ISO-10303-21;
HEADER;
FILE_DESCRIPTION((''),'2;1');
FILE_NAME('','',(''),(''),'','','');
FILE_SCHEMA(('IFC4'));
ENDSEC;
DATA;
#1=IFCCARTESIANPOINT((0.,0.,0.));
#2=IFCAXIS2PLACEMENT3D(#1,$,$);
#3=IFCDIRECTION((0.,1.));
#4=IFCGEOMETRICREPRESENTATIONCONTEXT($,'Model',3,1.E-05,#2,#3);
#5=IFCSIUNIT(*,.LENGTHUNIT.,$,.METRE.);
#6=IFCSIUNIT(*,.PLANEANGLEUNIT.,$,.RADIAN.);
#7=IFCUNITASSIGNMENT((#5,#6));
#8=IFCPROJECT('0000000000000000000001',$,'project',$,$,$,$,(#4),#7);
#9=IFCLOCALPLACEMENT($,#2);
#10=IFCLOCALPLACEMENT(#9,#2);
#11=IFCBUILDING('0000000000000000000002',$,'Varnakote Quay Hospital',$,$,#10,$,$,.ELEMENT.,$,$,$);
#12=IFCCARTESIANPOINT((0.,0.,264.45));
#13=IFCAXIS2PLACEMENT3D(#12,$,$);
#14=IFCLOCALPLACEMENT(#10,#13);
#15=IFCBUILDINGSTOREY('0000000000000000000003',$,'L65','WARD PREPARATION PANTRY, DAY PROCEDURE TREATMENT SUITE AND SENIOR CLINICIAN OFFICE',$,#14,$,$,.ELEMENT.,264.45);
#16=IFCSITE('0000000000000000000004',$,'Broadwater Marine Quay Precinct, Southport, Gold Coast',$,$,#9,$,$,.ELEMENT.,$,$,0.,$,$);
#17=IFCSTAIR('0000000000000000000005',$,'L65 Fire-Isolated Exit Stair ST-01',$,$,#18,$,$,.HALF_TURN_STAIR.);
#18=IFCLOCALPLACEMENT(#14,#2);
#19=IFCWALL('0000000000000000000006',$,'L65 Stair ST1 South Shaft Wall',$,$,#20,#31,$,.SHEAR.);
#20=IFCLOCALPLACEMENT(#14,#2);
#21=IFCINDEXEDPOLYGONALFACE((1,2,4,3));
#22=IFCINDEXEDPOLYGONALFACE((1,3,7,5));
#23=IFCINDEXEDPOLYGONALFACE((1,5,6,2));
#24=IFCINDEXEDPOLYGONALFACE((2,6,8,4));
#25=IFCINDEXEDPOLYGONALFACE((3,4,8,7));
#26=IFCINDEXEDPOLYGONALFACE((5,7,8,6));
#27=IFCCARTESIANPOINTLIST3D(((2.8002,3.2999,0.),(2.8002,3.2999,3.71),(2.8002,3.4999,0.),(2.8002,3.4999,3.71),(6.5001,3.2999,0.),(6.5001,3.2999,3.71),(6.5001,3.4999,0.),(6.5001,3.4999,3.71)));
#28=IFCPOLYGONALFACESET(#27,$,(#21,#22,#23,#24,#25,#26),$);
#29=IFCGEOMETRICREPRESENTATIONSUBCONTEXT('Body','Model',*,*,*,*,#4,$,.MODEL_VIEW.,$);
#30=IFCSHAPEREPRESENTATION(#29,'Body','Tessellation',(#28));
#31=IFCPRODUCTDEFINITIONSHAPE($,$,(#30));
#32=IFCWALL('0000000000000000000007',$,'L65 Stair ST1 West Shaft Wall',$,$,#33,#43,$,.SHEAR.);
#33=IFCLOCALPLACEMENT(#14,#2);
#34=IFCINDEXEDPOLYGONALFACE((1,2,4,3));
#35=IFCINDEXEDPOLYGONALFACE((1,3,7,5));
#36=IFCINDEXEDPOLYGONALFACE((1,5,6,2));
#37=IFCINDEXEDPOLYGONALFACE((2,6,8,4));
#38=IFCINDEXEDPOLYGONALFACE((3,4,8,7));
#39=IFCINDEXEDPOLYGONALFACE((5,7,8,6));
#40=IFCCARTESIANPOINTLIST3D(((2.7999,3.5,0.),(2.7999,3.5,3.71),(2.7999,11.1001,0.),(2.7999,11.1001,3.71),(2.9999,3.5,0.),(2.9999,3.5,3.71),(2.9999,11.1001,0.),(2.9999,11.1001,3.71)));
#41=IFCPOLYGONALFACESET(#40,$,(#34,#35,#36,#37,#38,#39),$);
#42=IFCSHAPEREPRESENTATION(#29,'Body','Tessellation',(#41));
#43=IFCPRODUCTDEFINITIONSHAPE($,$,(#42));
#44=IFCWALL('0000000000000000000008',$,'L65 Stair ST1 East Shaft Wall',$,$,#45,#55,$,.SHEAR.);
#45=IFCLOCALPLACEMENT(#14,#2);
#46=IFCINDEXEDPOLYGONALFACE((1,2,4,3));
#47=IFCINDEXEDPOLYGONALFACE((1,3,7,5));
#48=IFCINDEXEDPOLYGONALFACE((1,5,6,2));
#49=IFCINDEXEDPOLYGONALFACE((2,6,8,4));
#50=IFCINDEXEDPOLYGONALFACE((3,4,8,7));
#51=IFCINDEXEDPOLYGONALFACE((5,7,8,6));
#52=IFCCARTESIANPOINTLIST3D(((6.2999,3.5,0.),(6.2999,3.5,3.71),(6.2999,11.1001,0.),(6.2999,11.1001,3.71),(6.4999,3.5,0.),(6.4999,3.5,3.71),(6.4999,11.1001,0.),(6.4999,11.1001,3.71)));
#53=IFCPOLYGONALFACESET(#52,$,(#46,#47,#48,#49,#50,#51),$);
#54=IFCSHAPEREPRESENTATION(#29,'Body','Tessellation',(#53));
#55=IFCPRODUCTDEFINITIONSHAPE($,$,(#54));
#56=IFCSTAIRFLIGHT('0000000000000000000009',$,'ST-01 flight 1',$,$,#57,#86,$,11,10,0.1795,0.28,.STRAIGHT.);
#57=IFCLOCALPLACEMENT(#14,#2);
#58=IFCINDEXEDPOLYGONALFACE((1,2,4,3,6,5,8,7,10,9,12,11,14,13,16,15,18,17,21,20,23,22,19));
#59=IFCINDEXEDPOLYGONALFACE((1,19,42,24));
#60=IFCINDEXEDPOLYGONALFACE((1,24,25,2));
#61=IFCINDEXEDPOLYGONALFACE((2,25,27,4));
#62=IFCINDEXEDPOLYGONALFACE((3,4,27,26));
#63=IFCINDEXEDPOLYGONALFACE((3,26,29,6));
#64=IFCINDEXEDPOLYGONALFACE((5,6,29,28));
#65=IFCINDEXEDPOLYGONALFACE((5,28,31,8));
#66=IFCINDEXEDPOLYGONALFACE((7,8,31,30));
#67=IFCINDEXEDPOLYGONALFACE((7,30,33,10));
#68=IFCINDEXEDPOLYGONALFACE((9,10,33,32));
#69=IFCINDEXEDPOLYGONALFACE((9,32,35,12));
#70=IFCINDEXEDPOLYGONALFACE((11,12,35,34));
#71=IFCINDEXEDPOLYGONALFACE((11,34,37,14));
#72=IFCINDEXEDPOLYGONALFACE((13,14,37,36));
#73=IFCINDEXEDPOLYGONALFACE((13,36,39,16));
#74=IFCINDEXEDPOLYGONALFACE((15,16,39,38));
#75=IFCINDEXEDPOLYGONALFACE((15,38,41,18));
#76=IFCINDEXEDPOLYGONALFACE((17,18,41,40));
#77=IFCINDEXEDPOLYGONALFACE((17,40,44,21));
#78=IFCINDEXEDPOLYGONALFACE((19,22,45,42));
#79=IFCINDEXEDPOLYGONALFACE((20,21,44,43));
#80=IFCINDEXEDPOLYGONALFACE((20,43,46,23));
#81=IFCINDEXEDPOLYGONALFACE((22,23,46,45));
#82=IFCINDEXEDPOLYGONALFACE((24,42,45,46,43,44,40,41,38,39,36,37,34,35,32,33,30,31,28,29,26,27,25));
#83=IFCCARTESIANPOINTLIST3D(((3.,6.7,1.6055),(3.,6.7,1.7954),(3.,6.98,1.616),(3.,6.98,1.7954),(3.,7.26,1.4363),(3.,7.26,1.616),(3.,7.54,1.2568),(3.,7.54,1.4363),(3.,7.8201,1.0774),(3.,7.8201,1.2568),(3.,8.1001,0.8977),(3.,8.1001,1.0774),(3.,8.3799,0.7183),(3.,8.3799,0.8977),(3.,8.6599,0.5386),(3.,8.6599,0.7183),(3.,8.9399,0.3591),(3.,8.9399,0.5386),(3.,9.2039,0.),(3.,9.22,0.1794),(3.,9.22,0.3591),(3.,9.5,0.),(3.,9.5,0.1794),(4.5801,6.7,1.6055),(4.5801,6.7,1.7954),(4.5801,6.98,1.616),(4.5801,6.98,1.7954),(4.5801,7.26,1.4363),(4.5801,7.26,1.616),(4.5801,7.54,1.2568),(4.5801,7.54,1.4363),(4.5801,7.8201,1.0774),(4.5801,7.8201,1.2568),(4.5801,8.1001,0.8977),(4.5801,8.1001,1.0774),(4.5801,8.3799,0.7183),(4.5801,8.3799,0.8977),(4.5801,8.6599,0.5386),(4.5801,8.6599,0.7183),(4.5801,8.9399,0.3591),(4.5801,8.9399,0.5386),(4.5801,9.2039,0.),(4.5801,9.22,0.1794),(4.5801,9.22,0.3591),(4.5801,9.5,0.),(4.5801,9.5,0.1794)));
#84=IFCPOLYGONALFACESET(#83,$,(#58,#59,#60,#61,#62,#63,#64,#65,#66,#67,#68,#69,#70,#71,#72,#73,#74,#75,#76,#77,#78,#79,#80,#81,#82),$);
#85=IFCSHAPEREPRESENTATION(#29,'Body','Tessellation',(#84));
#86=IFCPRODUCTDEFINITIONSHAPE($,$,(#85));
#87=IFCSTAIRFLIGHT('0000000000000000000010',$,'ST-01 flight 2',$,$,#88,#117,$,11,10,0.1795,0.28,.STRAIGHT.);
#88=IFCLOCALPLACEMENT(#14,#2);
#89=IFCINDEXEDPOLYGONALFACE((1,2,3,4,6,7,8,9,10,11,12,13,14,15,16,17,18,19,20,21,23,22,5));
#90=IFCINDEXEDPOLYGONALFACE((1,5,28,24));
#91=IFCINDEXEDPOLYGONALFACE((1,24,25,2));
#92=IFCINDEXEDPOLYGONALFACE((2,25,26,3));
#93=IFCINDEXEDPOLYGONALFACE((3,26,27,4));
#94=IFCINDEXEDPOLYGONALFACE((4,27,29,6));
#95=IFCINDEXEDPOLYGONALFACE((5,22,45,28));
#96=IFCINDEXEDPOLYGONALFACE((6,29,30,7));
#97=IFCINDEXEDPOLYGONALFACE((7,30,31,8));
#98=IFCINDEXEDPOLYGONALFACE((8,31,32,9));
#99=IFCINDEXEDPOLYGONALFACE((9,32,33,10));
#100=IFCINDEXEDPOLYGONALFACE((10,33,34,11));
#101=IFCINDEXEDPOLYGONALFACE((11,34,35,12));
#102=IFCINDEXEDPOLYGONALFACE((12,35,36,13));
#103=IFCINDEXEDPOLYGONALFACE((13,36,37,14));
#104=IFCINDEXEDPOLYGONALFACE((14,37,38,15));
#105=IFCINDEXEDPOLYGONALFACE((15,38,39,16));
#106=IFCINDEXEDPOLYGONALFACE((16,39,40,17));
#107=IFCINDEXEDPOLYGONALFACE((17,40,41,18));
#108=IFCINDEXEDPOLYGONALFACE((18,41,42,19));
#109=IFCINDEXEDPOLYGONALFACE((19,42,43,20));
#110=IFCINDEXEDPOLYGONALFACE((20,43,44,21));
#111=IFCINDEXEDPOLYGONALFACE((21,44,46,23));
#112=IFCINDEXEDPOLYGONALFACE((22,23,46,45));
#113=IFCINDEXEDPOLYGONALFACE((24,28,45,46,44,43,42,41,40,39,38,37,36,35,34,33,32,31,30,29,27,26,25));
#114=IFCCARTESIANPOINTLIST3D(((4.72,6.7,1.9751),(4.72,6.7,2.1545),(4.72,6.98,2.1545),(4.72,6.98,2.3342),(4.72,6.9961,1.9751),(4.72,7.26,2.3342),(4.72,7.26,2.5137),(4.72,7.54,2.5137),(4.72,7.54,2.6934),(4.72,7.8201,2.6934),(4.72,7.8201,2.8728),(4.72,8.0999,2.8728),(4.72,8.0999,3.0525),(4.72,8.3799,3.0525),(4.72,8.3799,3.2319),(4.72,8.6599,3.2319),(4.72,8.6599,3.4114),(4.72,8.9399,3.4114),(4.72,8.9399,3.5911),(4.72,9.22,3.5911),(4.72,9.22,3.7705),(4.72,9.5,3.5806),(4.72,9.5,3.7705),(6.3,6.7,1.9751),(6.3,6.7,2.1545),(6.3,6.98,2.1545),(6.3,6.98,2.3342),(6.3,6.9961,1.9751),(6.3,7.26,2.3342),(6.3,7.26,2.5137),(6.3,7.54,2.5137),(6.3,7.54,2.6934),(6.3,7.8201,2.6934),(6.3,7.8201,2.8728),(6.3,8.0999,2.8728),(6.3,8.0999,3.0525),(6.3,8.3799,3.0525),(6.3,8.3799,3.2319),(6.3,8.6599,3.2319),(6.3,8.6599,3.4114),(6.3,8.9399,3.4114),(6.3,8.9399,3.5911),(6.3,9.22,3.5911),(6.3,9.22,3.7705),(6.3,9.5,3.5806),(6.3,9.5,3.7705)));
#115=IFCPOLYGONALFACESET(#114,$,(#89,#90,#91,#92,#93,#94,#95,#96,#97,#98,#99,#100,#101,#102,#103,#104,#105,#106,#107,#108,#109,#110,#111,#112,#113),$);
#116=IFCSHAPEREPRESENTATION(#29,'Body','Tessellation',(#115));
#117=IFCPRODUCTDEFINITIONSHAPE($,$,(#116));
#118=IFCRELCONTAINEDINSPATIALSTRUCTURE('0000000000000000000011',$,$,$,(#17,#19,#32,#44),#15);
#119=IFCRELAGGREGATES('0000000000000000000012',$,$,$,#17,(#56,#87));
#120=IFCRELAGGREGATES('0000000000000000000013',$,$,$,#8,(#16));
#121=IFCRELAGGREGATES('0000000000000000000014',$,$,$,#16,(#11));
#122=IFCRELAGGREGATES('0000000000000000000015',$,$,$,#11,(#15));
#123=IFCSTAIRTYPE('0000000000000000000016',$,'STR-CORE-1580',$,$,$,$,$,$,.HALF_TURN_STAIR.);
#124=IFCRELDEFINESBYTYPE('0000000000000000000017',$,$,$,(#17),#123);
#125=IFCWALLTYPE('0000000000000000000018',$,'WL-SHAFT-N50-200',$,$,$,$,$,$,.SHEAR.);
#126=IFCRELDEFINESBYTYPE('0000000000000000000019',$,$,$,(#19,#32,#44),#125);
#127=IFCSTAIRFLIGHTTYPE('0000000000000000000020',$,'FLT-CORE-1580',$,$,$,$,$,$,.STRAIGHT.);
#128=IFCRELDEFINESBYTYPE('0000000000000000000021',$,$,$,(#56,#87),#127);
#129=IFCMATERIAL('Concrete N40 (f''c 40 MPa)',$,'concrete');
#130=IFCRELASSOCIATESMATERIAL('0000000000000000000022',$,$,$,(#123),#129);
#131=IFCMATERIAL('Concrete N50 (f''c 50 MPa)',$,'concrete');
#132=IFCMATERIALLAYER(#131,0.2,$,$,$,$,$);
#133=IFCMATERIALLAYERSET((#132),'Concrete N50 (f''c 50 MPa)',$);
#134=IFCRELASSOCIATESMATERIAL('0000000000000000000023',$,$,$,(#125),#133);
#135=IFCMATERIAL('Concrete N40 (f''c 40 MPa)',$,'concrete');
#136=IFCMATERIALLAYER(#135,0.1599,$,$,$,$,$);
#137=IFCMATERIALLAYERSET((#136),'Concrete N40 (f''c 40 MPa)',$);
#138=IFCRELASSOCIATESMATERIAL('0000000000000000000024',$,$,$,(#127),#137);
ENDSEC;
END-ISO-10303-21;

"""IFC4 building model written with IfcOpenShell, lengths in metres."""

from ifc_helpers import new_model, si_unit, direction, frame, frame_2d, origin, place, context, subcontext, project, spatial, polyline, rectangle, outline, extrude, material, layer, layer_set, type_object, element, aggregate, save


model = new_model("IFC4")

# Units and contexts
model_context = context("Model", 3, precision=1e-05, world=origin(), true_north=direction((0.0, 1.0)))
body_context = subcontext(model_context, "Body", "Model", "MODEL_VIEW")
ifc_project = project(units=[si_unit("LENGTHUNIT", "METRE"), si_unit("PLANEANGLEUNIT", "RADIAN")], contexts=[model_context])

# Site, building, storey
site_placement = place(None, origin())
site = spatial("IfcSite", under=ifc_project, at=site_placement, Name="Broadwater Marine Quay Precinct, Southport, Gold Coast", CompositionType="ELEMENT", RefElevation=0.0)
building_placement = place(site_placement, origin())
building = spatial("IfcBuilding", under=site, at=building_placement, Name="Varnakote Quay Hospital", CompositionType="ELEMENT")
storey_placement = place(building_placement, frame((0.0, 0.0, 264.45)))
storey = spatial("IfcBuildingStorey", under=building, at=storey_placement, Name="L65", Description="WARD PREPARATION PANTRY, DAY PROCEDURE TREATMENT SUITE AND SENIOR CLINICIAN OFFICE", CompositionType="ELEMENT", Elevation=264.45)

# Stair
ifc_material_1 = material(Name="Concrete N40 (f'c 40 MPa)", Category="concrete")
stair_type = type_object("IfcStairType", Name="STR-CORE-1580", PredefinedType="HALF_TURN_STAIR", material=ifc_material_1)
stair_1_placement = place(storey_placement, origin())
stair_1 = element("IfcStair", 1, at=stair_1_placement, inside=storey, type_object=stair_type, Name="L65 Fire-Isolated Exit Stair ST-01", PredefinedType="HALF_TURN_STAIR")

# Walls
ifc_material_2 = material(Name="Concrete N50 (f'c 50 MPa)", Category="concrete")
ifc_layer_1 = layer(ifc_material_2, 0.2)
ifc_layer_set_1 = layer_set([ifc_layer_1], Name="Concrete N50 (f'c 50 MPa)")
wall_type_1 = type_object("IfcWallType", Name="WL-SHAFT-N50-200", PredefinedType="SHEAR", material=ifc_layer_set_1)
wall_1_placement = place(storey_placement, frame((2.8, 3.3999, 0.0), z_axis=(0.0, 0.0, 1.0), x_axis=(1.0, 0.0, 0.0)))
element("IfcWall", 2, at=wall_1_placement, inside=storey, type_object=wall_type_1, Name="L65 Stair ST1 South Shaft Wall", PredefinedType="SHEAR", context=body_context, shape_type="SweptSolid", body=[
    extrude(rectangle(XDim=3.7, YDim=0.2, at=frame_2d((1.8501, 0.0))), origin(), (0.0, 0.0, 1.0), 3.71),
])
for number, where, z_axis, x_axis, name in (
    (3, (2.8999, 3.5, 0.0), (0.0, 0.0, 1.0), (0.0, 1.0, 0.0), "L65 Stair ST1 West Shaft Wall"),
    (4, (6.3999, 3.5, 0.0), (0.0, 0.0, 1.0), (0.0, 1.0, 0.0), "L65 Stair ST1 East Shaft Wall"),
):
    element("IfcWall", number, at=place(storey_placement, frame(where, z_axis=z_axis, x_axis=x_axis)), inside=storey, type_object=wall_type_1, Name=name, PredefinedType="SHEAR", context=body_context, shape_type="SweptSolid", body=[
        extrude(rectangle(XDim=7.6001, YDim=0.2, at=frame_2d((3.8, 0.0))), origin(), (0.0, 0.0, 1.0), 3.71),
    ])

# Stair flights
ifc_material_3 = material(Name="Concrete N40 (f'c 40 MPa)", Category="concrete")
ifc_layer_2 = layer(ifc_material_3, 0.1599)
ifc_layer_set_2 = layer_set([ifc_layer_2], Name="Concrete N40 (f'c 40 MPa)")
stair_flight_type = type_object("IfcStairFlightType", Name="FLT-CORE-1580", PredefinedType="STRAIGHT", material=ifc_layer_set_2)
stair_flight_1_placement = place(storey_placement, frame((3.79, 9.5, 0.0), z_axis=(0.0, 0.0, 1.0), x_axis=(0.0, -1.0, 0.0)))
stair_flight_1 = element("IfcStairFlight", 5, at=stair_flight_1_placement, type_object=stair_flight_type, Name="ST-01 flight 1", NumberOfRisers=11, NumberOfTreads=10, PredefinedType="STRAIGHT", RiserHeight=0.1795, TreadLength=0.28, context=body_context, shape_type="SweptSolid", body=[
    extrude(outline(polyline([(0.0, 0.0), (0.0, 0.1794), (0.28, 0.1794), (0.28, 0.3591), (0.5601, 0.3591), (0.5601, 0.5386), (0.8401, 0.5386), (0.8401, 0.7183), (1.1201, 0.7183), (1.1201, 0.8977), (1.3999, 0.8977), (1.3999, 1.0774), (1.6799, 1.0774), (1.6799, 1.2568), (1.96, 1.2568), (1.96, 1.4363), (2.24, 1.4363), (2.24, 1.616), (2.52, 1.616), (2.52, 1.7954), (2.8, 1.7954), (2.8, 1.9751), (2.8, 1.6055), (0.2961, 0.0), (0.0, 0.0)])), frame((0.0, 0.79, 0.0), z_axis=(0.0, -1.0, 0.0), x_axis=(1.0, 0.0, 0.0)), (0.0, 0.0, 1.0), 1.5801),
])
stair_flight_2_placement = place(storey_placement, frame((5.51, 6.7, 1.9751), z_axis=(0.0, 0.0, 1.0), x_axis=(0.0, 1.0, 0.0)))
stair_flight_2 = element("IfcStairFlight", 6, at=stair_flight_2_placement, type_object=stair_flight_type, Name="ST-01 flight 2", NumberOfRisers=11, NumberOfTreads=10, PredefinedType="STRAIGHT", RiserHeight=0.1795, TreadLength=0.28, context=body_context, shape_type="SweptSolid", body=[
    extrude(outline(polyline([(0.0, 0.0), (0.0, 0.1794), (0.28, 0.1794), (0.28, 0.3591), (0.5601, 0.3591), (0.5601, 0.5386), (0.8401, 0.5386), (0.8401, 0.7183), (1.1201, 0.7183), (1.1201, 0.8977), (1.3999, 0.8977), (1.3999, 1.0774), (1.6799, 1.0774), (1.6799, 1.2568), (1.96, 1.2568), (1.96, 1.4363), (2.24, 1.4363), (2.24, 1.616), (2.52, 1.616), (2.52, 1.7954), (2.8, 1.7954), (2.8, 1.9751), (2.8, 1.6055), (0.2961, 0.0), (0.0, 0.0)])), frame((0.0, 0.79, 0.0), z_axis=(0.0, -1.0, 0.0), x_axis=(1.0, 0.0, 0.0)), (0.0, 0.0, 1.0), 1.5801),
])
aggregate(stair_1, [stair_flight_1, stair_flight_2])

save(model, "model.ifc")
